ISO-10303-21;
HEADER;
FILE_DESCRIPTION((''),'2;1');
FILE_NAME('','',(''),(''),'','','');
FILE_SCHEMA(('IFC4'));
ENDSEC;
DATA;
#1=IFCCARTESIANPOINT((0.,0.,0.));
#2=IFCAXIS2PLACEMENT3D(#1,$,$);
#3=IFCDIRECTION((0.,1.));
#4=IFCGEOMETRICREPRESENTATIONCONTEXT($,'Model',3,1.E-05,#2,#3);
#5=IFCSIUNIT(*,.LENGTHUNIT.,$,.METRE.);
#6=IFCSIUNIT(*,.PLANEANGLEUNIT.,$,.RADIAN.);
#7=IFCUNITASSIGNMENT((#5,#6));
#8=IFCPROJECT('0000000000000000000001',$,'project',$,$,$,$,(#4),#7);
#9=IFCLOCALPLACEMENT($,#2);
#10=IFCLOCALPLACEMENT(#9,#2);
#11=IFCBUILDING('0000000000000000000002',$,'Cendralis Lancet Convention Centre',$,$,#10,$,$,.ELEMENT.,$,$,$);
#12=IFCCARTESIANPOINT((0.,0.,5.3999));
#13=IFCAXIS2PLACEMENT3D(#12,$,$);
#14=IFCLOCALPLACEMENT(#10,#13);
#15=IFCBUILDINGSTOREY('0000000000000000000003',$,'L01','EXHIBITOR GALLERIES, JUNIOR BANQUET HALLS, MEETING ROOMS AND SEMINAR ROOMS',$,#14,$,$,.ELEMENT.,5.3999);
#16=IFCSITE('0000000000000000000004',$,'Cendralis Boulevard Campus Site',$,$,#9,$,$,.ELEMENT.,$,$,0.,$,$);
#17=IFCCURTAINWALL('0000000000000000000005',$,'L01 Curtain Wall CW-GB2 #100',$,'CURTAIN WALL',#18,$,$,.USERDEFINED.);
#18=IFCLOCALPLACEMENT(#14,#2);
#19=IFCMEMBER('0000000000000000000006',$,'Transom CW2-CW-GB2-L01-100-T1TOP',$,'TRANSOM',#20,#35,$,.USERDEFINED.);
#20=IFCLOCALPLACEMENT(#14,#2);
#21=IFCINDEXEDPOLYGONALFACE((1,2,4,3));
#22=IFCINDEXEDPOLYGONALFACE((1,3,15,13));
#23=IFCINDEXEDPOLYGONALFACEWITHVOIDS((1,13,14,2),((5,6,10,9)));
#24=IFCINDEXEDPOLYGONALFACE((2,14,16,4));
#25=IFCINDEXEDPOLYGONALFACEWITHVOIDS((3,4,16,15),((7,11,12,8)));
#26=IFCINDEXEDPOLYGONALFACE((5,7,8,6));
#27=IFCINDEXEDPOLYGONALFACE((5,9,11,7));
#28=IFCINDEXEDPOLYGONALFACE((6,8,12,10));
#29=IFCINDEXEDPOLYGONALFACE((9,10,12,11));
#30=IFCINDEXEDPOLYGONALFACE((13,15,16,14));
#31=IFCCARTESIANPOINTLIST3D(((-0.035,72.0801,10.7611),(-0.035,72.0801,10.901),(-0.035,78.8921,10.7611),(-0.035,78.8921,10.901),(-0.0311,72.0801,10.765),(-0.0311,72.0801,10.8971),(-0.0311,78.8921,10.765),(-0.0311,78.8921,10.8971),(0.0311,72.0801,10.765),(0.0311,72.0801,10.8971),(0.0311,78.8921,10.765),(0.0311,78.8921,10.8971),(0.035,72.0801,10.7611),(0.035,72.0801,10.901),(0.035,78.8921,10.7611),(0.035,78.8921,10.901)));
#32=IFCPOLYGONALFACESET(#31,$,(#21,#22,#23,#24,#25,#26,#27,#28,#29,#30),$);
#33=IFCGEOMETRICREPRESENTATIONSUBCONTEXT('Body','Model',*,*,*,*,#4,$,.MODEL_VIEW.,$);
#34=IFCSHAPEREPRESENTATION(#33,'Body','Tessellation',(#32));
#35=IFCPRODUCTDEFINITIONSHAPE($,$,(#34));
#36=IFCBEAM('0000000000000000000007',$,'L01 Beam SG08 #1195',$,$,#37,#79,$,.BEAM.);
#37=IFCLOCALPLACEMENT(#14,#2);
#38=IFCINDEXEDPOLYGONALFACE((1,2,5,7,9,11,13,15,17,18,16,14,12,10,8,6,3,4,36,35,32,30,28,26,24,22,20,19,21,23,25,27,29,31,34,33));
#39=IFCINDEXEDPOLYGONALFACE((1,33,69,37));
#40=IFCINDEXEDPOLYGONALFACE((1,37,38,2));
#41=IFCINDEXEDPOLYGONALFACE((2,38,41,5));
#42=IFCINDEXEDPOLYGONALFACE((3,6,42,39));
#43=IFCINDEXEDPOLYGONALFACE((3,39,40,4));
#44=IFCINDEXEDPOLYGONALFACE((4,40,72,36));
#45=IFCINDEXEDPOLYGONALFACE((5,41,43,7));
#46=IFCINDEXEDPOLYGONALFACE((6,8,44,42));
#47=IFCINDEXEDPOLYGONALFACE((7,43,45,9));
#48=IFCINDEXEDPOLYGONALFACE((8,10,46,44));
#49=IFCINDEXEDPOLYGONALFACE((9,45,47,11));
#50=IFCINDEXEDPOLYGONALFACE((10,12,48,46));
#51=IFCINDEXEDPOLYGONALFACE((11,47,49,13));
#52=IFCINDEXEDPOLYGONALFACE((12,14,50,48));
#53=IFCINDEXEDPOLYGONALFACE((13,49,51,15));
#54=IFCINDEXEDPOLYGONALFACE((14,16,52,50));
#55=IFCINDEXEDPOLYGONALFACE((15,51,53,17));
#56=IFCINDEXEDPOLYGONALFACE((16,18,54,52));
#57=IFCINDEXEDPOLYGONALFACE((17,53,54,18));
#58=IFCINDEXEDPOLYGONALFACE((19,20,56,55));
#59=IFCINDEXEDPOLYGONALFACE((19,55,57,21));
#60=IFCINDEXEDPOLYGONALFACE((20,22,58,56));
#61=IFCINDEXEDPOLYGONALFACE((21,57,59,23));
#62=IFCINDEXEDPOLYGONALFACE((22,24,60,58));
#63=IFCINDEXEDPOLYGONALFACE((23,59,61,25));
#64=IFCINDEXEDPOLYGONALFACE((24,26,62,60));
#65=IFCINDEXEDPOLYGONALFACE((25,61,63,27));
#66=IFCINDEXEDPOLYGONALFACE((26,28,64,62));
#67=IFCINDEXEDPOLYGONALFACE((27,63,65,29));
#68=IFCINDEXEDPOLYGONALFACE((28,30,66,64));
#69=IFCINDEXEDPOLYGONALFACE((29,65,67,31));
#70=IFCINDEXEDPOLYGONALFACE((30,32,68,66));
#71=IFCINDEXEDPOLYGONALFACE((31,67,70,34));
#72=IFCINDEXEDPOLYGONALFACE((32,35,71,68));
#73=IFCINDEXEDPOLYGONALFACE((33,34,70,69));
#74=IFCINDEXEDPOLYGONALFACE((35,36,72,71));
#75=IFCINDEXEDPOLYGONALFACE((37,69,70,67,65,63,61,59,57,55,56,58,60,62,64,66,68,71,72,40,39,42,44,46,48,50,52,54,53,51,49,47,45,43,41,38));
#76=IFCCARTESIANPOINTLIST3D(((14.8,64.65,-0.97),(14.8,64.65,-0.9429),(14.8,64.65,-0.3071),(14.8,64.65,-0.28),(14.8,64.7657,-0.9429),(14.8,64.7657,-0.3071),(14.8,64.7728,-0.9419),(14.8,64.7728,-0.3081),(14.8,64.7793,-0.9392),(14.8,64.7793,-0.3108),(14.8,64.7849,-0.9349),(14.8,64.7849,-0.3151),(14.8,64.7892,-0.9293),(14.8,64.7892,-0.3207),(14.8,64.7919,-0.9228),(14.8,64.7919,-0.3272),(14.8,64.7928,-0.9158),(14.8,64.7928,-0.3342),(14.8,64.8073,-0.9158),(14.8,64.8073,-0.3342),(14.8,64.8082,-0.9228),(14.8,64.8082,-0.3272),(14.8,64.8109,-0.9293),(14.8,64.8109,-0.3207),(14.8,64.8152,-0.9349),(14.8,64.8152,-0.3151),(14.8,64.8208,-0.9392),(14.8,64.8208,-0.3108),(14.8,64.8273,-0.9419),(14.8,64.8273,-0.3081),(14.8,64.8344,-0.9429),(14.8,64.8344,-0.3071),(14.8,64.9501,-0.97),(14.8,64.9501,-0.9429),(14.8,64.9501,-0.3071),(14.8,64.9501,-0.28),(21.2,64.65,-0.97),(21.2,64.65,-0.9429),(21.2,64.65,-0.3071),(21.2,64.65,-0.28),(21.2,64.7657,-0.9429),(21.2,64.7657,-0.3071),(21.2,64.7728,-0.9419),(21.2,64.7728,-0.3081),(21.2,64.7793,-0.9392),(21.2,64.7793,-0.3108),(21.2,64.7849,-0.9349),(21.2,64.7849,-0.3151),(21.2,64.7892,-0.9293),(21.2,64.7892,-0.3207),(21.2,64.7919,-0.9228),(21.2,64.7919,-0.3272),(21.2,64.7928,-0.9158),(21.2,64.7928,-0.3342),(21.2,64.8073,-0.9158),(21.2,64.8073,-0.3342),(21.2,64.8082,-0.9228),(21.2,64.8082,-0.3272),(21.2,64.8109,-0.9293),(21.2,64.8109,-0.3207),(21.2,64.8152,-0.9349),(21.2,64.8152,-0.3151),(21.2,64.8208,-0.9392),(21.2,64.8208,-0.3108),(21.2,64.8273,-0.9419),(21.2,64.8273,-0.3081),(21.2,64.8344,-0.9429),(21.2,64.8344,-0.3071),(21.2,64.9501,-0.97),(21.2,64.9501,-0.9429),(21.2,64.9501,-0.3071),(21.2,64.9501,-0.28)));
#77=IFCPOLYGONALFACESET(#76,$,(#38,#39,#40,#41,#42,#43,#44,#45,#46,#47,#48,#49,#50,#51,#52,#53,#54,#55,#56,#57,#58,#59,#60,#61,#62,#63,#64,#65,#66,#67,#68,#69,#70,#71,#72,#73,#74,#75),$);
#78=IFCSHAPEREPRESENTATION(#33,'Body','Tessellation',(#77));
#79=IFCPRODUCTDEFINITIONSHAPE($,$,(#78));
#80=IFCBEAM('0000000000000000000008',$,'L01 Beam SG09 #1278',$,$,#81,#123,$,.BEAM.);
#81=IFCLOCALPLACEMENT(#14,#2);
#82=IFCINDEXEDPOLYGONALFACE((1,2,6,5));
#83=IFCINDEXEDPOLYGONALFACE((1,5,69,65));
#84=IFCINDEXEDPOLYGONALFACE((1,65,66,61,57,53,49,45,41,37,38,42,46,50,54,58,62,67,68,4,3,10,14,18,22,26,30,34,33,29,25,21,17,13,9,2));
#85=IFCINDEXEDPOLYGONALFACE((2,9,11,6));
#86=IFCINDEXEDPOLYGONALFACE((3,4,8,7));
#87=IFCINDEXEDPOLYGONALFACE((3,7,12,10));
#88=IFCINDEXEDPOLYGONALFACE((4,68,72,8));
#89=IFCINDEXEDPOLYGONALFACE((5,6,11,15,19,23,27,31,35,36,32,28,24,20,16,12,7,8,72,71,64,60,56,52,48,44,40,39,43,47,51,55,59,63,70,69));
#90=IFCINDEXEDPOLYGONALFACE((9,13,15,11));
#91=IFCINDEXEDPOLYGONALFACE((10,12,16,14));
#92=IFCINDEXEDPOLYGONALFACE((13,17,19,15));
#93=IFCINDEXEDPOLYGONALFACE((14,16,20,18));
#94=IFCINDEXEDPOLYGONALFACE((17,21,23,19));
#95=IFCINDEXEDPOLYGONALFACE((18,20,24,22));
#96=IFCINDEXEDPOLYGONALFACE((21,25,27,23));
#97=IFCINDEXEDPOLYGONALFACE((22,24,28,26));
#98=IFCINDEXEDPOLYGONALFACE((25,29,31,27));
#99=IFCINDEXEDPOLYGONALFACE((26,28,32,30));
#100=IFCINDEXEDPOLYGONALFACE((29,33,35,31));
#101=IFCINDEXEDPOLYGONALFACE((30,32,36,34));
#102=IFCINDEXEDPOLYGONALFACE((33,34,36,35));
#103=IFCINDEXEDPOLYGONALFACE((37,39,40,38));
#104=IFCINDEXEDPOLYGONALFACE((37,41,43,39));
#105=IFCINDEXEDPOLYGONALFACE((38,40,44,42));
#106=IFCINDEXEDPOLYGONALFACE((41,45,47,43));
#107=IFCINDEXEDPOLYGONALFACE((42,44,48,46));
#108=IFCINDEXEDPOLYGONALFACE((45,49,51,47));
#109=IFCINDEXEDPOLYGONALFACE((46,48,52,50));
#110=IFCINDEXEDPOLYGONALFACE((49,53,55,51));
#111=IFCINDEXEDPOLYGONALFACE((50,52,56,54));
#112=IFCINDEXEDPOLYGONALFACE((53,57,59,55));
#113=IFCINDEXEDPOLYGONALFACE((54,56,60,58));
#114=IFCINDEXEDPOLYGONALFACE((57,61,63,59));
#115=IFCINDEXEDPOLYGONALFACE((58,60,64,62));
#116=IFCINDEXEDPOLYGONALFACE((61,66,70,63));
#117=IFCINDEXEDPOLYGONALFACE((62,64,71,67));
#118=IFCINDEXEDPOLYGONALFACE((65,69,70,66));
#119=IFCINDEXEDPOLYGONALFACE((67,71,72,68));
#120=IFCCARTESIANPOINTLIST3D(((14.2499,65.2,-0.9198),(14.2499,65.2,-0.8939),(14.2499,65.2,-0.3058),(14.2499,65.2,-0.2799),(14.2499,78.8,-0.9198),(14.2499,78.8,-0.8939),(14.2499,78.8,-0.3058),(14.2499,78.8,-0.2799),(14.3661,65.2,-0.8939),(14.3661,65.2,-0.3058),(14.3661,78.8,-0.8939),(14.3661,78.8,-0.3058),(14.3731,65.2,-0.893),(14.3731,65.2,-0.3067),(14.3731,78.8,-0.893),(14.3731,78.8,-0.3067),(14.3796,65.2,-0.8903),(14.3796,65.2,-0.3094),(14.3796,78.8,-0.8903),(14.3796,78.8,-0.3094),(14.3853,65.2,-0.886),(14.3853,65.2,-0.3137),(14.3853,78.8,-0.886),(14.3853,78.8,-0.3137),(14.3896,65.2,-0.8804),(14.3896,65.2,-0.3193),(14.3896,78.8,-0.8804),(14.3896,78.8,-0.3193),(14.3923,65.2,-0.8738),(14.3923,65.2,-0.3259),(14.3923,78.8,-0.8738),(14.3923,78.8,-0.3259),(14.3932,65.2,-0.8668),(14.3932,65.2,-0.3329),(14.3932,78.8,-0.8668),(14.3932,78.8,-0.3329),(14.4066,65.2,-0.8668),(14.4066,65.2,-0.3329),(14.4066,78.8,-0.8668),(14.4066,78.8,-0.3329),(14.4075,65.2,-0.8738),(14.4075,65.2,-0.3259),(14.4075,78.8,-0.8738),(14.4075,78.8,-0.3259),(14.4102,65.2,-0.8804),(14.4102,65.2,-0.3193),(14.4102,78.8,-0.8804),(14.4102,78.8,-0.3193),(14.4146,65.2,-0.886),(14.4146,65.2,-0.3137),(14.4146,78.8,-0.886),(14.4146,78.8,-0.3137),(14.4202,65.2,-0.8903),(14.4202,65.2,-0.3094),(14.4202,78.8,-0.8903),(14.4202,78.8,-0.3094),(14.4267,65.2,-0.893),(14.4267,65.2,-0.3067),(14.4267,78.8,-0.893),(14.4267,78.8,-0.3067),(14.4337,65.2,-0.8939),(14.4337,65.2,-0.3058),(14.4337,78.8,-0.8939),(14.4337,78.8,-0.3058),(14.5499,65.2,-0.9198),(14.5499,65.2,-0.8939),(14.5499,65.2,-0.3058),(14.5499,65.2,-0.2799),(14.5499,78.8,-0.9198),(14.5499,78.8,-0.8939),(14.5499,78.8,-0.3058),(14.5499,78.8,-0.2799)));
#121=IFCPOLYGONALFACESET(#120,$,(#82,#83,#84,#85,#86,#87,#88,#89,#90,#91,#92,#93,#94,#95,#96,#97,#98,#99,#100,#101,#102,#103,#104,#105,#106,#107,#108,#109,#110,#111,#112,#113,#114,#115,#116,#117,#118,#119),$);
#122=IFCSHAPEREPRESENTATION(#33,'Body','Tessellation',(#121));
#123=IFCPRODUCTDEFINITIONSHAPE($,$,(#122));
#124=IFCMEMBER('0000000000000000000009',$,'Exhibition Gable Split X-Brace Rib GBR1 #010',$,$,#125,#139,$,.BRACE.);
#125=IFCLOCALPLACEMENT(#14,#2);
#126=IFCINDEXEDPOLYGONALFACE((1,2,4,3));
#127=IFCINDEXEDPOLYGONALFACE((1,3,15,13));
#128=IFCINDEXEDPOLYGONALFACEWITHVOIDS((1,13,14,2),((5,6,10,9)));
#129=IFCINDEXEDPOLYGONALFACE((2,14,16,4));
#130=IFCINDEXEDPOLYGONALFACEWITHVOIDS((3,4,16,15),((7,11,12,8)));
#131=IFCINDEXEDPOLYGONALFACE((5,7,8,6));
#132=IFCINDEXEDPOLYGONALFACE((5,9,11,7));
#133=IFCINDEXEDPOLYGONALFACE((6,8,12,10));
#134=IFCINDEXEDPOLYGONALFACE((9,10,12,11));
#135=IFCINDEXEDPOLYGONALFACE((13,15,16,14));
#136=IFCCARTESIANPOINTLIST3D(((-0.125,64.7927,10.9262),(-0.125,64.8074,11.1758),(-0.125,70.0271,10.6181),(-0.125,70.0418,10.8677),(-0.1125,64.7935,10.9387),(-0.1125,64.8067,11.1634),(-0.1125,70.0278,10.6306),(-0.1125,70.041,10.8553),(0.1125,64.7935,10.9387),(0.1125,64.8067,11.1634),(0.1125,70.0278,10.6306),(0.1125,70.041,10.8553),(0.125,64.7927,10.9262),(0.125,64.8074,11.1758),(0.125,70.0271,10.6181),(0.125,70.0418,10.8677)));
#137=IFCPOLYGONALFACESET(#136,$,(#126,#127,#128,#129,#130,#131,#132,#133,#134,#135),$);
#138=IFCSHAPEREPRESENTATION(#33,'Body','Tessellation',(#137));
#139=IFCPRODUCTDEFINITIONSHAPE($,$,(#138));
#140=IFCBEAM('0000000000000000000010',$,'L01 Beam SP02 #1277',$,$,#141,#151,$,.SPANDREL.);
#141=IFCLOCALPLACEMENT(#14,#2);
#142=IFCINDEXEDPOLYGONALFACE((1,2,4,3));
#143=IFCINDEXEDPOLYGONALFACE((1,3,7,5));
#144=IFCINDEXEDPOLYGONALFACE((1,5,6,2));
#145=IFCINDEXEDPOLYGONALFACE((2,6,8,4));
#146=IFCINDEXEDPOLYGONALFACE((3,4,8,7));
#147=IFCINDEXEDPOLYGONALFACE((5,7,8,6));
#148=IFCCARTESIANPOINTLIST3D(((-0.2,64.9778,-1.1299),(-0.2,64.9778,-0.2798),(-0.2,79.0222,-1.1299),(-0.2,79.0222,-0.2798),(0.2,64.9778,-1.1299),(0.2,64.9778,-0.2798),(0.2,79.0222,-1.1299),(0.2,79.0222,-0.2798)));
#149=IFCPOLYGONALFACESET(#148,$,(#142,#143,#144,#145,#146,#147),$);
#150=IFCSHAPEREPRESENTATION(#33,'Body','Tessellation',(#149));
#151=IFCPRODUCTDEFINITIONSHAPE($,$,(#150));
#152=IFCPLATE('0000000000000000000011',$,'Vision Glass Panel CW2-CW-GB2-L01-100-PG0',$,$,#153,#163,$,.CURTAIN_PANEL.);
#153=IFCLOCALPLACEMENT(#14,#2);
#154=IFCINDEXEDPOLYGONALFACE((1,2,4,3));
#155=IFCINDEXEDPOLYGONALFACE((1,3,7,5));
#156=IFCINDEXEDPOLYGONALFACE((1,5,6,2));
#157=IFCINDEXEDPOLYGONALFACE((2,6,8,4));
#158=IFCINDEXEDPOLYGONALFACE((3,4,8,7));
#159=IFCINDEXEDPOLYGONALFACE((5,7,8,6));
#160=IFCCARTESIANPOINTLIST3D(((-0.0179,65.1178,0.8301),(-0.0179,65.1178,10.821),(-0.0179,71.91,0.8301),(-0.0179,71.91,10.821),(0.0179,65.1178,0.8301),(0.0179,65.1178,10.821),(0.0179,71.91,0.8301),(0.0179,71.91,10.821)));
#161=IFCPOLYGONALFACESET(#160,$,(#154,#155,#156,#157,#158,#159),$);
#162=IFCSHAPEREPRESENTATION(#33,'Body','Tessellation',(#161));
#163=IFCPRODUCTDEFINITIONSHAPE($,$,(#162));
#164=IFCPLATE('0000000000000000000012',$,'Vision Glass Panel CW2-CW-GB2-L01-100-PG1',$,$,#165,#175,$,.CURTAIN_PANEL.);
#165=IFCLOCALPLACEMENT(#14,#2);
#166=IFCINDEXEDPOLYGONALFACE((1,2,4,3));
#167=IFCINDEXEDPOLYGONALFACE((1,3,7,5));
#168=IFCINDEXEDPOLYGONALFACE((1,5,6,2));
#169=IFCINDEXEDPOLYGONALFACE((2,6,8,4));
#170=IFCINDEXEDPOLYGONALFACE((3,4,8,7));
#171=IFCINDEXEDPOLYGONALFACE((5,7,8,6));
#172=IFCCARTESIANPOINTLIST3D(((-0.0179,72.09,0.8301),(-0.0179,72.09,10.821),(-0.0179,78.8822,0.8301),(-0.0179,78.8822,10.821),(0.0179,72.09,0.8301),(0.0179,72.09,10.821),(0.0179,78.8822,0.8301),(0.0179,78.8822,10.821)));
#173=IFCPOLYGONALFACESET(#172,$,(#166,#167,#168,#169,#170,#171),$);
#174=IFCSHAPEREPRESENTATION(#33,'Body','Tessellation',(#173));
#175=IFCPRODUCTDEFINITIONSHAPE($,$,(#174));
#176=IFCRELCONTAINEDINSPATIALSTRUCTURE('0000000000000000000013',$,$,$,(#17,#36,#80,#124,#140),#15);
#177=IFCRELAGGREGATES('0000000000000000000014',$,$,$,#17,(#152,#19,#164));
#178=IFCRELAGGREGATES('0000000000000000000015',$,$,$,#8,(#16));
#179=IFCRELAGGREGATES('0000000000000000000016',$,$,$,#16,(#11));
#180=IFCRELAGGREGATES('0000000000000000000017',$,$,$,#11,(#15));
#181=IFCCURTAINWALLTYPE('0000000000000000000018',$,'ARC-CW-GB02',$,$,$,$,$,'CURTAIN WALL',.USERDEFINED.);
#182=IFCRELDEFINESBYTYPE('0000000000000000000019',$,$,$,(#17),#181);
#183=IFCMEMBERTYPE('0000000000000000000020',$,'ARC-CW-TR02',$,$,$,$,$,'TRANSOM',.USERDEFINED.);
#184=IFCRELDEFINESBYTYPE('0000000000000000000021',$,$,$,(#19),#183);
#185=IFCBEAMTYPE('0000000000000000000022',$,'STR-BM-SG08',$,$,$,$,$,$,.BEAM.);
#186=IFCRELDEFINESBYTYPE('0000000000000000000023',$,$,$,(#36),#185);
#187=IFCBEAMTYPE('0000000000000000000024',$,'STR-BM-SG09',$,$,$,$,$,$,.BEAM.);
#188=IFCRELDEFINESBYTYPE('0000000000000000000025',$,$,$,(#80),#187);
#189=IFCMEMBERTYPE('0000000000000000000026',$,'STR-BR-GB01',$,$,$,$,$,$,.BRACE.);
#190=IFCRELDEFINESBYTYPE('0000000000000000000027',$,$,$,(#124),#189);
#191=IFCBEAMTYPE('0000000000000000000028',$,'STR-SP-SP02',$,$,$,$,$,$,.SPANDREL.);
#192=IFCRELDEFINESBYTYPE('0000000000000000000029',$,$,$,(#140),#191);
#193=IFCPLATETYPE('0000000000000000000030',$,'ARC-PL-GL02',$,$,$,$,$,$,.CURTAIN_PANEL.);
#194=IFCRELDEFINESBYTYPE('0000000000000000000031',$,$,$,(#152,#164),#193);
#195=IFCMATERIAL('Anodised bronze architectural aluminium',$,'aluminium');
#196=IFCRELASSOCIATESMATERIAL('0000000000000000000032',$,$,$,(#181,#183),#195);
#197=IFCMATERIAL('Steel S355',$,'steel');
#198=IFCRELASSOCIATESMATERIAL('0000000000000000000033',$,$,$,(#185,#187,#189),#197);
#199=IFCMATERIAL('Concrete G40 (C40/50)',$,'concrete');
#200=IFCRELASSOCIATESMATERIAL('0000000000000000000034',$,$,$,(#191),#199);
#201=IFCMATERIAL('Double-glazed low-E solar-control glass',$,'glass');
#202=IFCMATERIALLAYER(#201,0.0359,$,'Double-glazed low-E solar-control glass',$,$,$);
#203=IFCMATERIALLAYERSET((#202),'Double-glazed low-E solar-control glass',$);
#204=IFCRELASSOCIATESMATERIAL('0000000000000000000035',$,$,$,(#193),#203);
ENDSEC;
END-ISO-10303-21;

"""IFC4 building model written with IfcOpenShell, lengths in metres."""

from ifc_helpers import new_model, si_unit, direction, frame, origin, origin_2d, place, context, subcontext, project, spatial, rectangle, hollow_rectangle, i_section, extrude, material, layer, layer_set, material_profile, profile_set, type_object, element, aggregate, save


model = new_model("IFC4")

# Units and contexts
model_context = context("Model", 3, precision=1e-05, world=origin(), true_north=direction((0.0, 1.0)))
body_context = subcontext(model_context, "Body", "Model", "MODEL_VIEW")
ifc_project = project(units=[si_unit("LENGTHUNIT", "METRE"), si_unit("PLANEANGLEUNIT", "RADIAN")], contexts=[model_context])

# Site, building, storey
site_placement = place(None, origin())
site = spatial("IfcSite", under=ifc_project, at=site_placement, Name="Cendralis Boulevard Campus Site", CompositionType="ELEMENT", RefElevation=0.0)
building_placement = place(site_placement, origin())
building = spatial("IfcBuilding", under=site, at=building_placement, Name="Cendralis Lancet Convention Centre", CompositionType="ELEMENT")
storey_placement = place(building_placement, frame((0.0, 0.0, 5.3999)))
storey = spatial("IfcBuildingStorey", under=building, at=storey_placement, Name="L01", Description="EXHIBITOR GALLERIES, JUNIOR BANQUET HALLS, MEETING ROOMS AND SEMINAR ROOMS", CompositionType="ELEMENT", Elevation=5.3999)

# Shared definitions
ifc_material_1 = material(Name="Steel S355", Category="steel")

# Curtain wall, member
ifc_material_2 = material(Name="Anodised bronze architectural aluminium", Category="aluminium")
curtain_wall_type = type_object("IfcCurtainWallType", Name="ARC-CW-GB02", ElementType="CURTAIN WALL", PredefinedType="USERDEFINED", material=ifc_material_2)
curtain_wall_placement = place(storey_placement, origin())
curtain_wall = element("IfcCurtainWall", 1, at=curtain_wall_placement, inside=storey, type_object=curtain_wall_type, Name="L01 Curtain Wall CW-GB2 #100", ObjectType="CURTAIN WALL", PredefinedType="USERDEFINED")
ifc_material_profile_1 = material_profile(ifc_material_2, hollow_rectangle(XDim=0.0701, YDim=0.1399, WallThickness=0.0039, at=origin_2d()), Name="AL-TRAN 70x140x4.0")
ifc_profile_set_1 = profile_set([ifc_material_profile_1], Name="Anodised bronze architectural aluminium")
member_type_1 = type_object("IfcMemberType", Name="ARC-CW-TR02", ElementType="TRANSOM", PredefinedType="USERDEFINED", material=ifc_profile_set_1)
member_1_placement = place(storey_placement, frame((0.0, 72.0801, 10.8311), z_axis=(0.0, 1.0, 0.0), x_axis=(-1.0, 0.0, 0.0)))
member_1 = element("IfcMember", 2, at=member_1_placement, type_object=member_type_1, Name="Transom CW2-CW-GB2-L01-100-T1TOP", ObjectType="TRANSOM", PredefinedType="USERDEFINED", context=body_context, shape_type="SweptSolid", body=[
    extrude(hollow_rectangle(XDim=0.0701, YDim=0.1399, WallThickness=0.0039, at=origin_2d()), origin(), (0.0, 0.0, 1.0), 6.812),
])

# Beams
ifc_material_profile_2 = material_profile(ifc_material_1, i_section(OverallWidth=0.3, OverallDepth=0.6899, WebThickness=0.0144, FlangeThickness=0.0271, FilletRadius=0.0271, at=origin_2d()), Name="HEA 700")
ifc_profile_set_2 = profile_set([ifc_material_profile_2], Name="Steel S355")
beam_type_1 = type_object("IfcBeamType", Name="STR-BM-SG08", PredefinedType="BEAM", material=ifc_profile_set_2)
beam_1_placement = place(storey_placement, frame((14.8, 64.8, -0.625), z_axis=(1.0, 0.0, 0.0), x_axis=(0.0, 1.0, 0.0)))
element("IfcBeam", 3, at=beam_1_placement, inside=storey, type_object=beam_type_1, Name="L01 Beam SG08 #1195", PredefinedType="BEAM", context=body_context, shape_type="SweptSolid", body=[
    extrude(i_section(OverallWidth=0.3, OverallDepth=0.6899, WebThickness=0.0144, FlangeThickness=0.0271, FilletRadius=0.0271, at=origin_2d()), origin(), (0.0, 0.0, 1.0), 6.3999),
])
ifc_material_profile_3 = material_profile(ifc_material_1, i_section(OverallWidth=0.3, OverallDepth=0.6399, WebThickness=0.0134, FlangeThickness=0.0259, FilletRadius=0.0271, at=origin_2d()), Name="HEA 650")
ifc_profile_set_3 = profile_set([ifc_material_profile_3], Name="Steel S355")
beam_type_2 = type_object("IfcBeamType", Name="STR-BM-SG09", PredefinedType="BEAM", material=ifc_profile_set_3)
beam_2_placement = place(storey_placement, frame((14.3999, 65.2, -0.5999), z_axis=(0.0, 1.0, 0.0), x_axis=(-1.0, 0.0, 0.0)))
element("IfcBeam", 4, at=beam_2_placement, inside=storey, type_object=beam_type_2, Name="L01 Beam SG09 #1278", PredefinedType="BEAM", context=body_context, shape_type="SweptSolid", body=[
    extrude(i_section(OverallWidth=0.3, OverallDepth=0.6399, WebThickness=0.0134, FlangeThickness=0.0259, FilletRadius=0.0271, at=origin_2d()), origin(), (0.0, 0.0, 1.0), 13.6001),
])

# Member
ifc_material_profile_4 = material_profile(ifc_material_1, hollow_rectangle(XDim=0.25, YDim=0.25, WallThickness=0.0125, at=origin_2d()), Name="SHS 250x250x12.5")
ifc_profile_set_4 = profile_set([ifc_material_profile_4], Name="Steel S355")
member_type_2 = type_object("IfcMemberType", Name="STR-BR-GB01", PredefinedType="BRACE", material=ifc_profile_set_4)
member_2_placement = place(storey_placement, frame((0.0, 70.0344, 10.7429), z_axis=(0.0, -0.998272, 0.05876), x_axis=(1.0, 0.0, 0.0)))
element("IfcMember", 5, at=member_2_placement, inside=storey, type_object=member_type_2, Name="Exhibition Gable Split X-Brace Rib GBR1 #010", PredefinedType="BRACE", context=body_context, shape_type="SweptSolid", body=[
    extrude(hollow_rectangle(XDim=0.25, YDim=0.25, WallThickness=0.0125, at=origin_2d()), origin(), (0.0, 0.0, 1.0), 5.2434),
])

# Beam
ifc_material_3 = material(Name="Concrete G40 (C40/50)", Category="concrete")
ifc_material_profile_5 = material_profile(ifc_material_3, rectangle(XDim=0.3999, YDim=0.8501, at=origin_2d()), Name="RCB 400x850")
ifc_profile_set_5 = profile_set([ifc_material_profile_5], Name="Concrete G40 (C40/50)")
beam_type_3 = type_object("IfcBeamType", Name="STR-SP-SP02", PredefinedType="SPANDREL", material=ifc_profile_set_5)
beam_3_placement = place(storey_placement, frame((0.0, 64.9778, -0.7048), z_axis=(0.0, 1.0, 0.0), x_axis=(-1.0, 0.0, 0.0)))
element("IfcBeam", 6, at=beam_3_placement, inside=storey, type_object=beam_type_3, Name="L01 Beam SP02 #1277", PredefinedType="SPANDREL", context=body_context, shape_type="SweptSolid", body=[
    extrude(rectangle(XDim=0.3999, YDim=0.8501, at=origin_2d()), origin(), (0.0, 0.0, 1.0), 14.0444),
])

# Plates
ifc_material_4 = material(Name="Double-glazed low-E solar-control glass", Category="glass")
ifc_layer_1 = layer(ifc_material_4, 0.0359, Name="Double-glazed low-E solar-control glass")
ifc_layer_set_1 = layer_set([ifc_layer_1], Name="Double-glazed low-E solar-control glass")
plate_type_1 = type_object("IfcPlateType", Name="ARC-PL-GL02", PredefinedType="CURTAIN_PANEL", material=ifc_layer_set_1)
plate_1_placement = place(storey_placement, frame((0.0, 68.5139, 0.8301), z_axis=(0.0, 0.0, 1.0), x_axis=(0.0, 1.0, 0.0)))
plate_1 = element("IfcPlate", 7, at=plate_1_placement, type_object=plate_type_1, Name="Vision Glass Panel CW2-CW-GB2-L01-100-PG0", PredefinedType="CURTAIN_PANEL", context=body_context, shape_type="SweptSolid", body=[
    extrude(rectangle(XDim=6.7922, YDim=0.0359, at=origin_2d()), origin(), (0.0, 0.0, 1.0), 9.991),
])
plate_2_placement = place(storey_placement, frame((0.0, 75.4861, 0.8301), z_axis=(0.0, 0.0, 1.0), x_axis=(0.0, 1.0, 0.0)))
plate_2 = element("IfcPlate", 8, at=plate_2_placement, type_object=plate_type_1, Name="Vision Glass Panel CW2-CW-GB2-L01-100-PG1", PredefinedType="CURTAIN_PANEL", context=body_context, shape_type="SweptSolid", body=[
    extrude(rectangle(XDim=6.7922, YDim=0.0359, at=origin_2d()), origin(), (0.0, 0.0, 1.0), 9.991),
])
aggregate(curtain_wall, [plate_1, member_1, plate_2])

save(model, "model.ifc")
